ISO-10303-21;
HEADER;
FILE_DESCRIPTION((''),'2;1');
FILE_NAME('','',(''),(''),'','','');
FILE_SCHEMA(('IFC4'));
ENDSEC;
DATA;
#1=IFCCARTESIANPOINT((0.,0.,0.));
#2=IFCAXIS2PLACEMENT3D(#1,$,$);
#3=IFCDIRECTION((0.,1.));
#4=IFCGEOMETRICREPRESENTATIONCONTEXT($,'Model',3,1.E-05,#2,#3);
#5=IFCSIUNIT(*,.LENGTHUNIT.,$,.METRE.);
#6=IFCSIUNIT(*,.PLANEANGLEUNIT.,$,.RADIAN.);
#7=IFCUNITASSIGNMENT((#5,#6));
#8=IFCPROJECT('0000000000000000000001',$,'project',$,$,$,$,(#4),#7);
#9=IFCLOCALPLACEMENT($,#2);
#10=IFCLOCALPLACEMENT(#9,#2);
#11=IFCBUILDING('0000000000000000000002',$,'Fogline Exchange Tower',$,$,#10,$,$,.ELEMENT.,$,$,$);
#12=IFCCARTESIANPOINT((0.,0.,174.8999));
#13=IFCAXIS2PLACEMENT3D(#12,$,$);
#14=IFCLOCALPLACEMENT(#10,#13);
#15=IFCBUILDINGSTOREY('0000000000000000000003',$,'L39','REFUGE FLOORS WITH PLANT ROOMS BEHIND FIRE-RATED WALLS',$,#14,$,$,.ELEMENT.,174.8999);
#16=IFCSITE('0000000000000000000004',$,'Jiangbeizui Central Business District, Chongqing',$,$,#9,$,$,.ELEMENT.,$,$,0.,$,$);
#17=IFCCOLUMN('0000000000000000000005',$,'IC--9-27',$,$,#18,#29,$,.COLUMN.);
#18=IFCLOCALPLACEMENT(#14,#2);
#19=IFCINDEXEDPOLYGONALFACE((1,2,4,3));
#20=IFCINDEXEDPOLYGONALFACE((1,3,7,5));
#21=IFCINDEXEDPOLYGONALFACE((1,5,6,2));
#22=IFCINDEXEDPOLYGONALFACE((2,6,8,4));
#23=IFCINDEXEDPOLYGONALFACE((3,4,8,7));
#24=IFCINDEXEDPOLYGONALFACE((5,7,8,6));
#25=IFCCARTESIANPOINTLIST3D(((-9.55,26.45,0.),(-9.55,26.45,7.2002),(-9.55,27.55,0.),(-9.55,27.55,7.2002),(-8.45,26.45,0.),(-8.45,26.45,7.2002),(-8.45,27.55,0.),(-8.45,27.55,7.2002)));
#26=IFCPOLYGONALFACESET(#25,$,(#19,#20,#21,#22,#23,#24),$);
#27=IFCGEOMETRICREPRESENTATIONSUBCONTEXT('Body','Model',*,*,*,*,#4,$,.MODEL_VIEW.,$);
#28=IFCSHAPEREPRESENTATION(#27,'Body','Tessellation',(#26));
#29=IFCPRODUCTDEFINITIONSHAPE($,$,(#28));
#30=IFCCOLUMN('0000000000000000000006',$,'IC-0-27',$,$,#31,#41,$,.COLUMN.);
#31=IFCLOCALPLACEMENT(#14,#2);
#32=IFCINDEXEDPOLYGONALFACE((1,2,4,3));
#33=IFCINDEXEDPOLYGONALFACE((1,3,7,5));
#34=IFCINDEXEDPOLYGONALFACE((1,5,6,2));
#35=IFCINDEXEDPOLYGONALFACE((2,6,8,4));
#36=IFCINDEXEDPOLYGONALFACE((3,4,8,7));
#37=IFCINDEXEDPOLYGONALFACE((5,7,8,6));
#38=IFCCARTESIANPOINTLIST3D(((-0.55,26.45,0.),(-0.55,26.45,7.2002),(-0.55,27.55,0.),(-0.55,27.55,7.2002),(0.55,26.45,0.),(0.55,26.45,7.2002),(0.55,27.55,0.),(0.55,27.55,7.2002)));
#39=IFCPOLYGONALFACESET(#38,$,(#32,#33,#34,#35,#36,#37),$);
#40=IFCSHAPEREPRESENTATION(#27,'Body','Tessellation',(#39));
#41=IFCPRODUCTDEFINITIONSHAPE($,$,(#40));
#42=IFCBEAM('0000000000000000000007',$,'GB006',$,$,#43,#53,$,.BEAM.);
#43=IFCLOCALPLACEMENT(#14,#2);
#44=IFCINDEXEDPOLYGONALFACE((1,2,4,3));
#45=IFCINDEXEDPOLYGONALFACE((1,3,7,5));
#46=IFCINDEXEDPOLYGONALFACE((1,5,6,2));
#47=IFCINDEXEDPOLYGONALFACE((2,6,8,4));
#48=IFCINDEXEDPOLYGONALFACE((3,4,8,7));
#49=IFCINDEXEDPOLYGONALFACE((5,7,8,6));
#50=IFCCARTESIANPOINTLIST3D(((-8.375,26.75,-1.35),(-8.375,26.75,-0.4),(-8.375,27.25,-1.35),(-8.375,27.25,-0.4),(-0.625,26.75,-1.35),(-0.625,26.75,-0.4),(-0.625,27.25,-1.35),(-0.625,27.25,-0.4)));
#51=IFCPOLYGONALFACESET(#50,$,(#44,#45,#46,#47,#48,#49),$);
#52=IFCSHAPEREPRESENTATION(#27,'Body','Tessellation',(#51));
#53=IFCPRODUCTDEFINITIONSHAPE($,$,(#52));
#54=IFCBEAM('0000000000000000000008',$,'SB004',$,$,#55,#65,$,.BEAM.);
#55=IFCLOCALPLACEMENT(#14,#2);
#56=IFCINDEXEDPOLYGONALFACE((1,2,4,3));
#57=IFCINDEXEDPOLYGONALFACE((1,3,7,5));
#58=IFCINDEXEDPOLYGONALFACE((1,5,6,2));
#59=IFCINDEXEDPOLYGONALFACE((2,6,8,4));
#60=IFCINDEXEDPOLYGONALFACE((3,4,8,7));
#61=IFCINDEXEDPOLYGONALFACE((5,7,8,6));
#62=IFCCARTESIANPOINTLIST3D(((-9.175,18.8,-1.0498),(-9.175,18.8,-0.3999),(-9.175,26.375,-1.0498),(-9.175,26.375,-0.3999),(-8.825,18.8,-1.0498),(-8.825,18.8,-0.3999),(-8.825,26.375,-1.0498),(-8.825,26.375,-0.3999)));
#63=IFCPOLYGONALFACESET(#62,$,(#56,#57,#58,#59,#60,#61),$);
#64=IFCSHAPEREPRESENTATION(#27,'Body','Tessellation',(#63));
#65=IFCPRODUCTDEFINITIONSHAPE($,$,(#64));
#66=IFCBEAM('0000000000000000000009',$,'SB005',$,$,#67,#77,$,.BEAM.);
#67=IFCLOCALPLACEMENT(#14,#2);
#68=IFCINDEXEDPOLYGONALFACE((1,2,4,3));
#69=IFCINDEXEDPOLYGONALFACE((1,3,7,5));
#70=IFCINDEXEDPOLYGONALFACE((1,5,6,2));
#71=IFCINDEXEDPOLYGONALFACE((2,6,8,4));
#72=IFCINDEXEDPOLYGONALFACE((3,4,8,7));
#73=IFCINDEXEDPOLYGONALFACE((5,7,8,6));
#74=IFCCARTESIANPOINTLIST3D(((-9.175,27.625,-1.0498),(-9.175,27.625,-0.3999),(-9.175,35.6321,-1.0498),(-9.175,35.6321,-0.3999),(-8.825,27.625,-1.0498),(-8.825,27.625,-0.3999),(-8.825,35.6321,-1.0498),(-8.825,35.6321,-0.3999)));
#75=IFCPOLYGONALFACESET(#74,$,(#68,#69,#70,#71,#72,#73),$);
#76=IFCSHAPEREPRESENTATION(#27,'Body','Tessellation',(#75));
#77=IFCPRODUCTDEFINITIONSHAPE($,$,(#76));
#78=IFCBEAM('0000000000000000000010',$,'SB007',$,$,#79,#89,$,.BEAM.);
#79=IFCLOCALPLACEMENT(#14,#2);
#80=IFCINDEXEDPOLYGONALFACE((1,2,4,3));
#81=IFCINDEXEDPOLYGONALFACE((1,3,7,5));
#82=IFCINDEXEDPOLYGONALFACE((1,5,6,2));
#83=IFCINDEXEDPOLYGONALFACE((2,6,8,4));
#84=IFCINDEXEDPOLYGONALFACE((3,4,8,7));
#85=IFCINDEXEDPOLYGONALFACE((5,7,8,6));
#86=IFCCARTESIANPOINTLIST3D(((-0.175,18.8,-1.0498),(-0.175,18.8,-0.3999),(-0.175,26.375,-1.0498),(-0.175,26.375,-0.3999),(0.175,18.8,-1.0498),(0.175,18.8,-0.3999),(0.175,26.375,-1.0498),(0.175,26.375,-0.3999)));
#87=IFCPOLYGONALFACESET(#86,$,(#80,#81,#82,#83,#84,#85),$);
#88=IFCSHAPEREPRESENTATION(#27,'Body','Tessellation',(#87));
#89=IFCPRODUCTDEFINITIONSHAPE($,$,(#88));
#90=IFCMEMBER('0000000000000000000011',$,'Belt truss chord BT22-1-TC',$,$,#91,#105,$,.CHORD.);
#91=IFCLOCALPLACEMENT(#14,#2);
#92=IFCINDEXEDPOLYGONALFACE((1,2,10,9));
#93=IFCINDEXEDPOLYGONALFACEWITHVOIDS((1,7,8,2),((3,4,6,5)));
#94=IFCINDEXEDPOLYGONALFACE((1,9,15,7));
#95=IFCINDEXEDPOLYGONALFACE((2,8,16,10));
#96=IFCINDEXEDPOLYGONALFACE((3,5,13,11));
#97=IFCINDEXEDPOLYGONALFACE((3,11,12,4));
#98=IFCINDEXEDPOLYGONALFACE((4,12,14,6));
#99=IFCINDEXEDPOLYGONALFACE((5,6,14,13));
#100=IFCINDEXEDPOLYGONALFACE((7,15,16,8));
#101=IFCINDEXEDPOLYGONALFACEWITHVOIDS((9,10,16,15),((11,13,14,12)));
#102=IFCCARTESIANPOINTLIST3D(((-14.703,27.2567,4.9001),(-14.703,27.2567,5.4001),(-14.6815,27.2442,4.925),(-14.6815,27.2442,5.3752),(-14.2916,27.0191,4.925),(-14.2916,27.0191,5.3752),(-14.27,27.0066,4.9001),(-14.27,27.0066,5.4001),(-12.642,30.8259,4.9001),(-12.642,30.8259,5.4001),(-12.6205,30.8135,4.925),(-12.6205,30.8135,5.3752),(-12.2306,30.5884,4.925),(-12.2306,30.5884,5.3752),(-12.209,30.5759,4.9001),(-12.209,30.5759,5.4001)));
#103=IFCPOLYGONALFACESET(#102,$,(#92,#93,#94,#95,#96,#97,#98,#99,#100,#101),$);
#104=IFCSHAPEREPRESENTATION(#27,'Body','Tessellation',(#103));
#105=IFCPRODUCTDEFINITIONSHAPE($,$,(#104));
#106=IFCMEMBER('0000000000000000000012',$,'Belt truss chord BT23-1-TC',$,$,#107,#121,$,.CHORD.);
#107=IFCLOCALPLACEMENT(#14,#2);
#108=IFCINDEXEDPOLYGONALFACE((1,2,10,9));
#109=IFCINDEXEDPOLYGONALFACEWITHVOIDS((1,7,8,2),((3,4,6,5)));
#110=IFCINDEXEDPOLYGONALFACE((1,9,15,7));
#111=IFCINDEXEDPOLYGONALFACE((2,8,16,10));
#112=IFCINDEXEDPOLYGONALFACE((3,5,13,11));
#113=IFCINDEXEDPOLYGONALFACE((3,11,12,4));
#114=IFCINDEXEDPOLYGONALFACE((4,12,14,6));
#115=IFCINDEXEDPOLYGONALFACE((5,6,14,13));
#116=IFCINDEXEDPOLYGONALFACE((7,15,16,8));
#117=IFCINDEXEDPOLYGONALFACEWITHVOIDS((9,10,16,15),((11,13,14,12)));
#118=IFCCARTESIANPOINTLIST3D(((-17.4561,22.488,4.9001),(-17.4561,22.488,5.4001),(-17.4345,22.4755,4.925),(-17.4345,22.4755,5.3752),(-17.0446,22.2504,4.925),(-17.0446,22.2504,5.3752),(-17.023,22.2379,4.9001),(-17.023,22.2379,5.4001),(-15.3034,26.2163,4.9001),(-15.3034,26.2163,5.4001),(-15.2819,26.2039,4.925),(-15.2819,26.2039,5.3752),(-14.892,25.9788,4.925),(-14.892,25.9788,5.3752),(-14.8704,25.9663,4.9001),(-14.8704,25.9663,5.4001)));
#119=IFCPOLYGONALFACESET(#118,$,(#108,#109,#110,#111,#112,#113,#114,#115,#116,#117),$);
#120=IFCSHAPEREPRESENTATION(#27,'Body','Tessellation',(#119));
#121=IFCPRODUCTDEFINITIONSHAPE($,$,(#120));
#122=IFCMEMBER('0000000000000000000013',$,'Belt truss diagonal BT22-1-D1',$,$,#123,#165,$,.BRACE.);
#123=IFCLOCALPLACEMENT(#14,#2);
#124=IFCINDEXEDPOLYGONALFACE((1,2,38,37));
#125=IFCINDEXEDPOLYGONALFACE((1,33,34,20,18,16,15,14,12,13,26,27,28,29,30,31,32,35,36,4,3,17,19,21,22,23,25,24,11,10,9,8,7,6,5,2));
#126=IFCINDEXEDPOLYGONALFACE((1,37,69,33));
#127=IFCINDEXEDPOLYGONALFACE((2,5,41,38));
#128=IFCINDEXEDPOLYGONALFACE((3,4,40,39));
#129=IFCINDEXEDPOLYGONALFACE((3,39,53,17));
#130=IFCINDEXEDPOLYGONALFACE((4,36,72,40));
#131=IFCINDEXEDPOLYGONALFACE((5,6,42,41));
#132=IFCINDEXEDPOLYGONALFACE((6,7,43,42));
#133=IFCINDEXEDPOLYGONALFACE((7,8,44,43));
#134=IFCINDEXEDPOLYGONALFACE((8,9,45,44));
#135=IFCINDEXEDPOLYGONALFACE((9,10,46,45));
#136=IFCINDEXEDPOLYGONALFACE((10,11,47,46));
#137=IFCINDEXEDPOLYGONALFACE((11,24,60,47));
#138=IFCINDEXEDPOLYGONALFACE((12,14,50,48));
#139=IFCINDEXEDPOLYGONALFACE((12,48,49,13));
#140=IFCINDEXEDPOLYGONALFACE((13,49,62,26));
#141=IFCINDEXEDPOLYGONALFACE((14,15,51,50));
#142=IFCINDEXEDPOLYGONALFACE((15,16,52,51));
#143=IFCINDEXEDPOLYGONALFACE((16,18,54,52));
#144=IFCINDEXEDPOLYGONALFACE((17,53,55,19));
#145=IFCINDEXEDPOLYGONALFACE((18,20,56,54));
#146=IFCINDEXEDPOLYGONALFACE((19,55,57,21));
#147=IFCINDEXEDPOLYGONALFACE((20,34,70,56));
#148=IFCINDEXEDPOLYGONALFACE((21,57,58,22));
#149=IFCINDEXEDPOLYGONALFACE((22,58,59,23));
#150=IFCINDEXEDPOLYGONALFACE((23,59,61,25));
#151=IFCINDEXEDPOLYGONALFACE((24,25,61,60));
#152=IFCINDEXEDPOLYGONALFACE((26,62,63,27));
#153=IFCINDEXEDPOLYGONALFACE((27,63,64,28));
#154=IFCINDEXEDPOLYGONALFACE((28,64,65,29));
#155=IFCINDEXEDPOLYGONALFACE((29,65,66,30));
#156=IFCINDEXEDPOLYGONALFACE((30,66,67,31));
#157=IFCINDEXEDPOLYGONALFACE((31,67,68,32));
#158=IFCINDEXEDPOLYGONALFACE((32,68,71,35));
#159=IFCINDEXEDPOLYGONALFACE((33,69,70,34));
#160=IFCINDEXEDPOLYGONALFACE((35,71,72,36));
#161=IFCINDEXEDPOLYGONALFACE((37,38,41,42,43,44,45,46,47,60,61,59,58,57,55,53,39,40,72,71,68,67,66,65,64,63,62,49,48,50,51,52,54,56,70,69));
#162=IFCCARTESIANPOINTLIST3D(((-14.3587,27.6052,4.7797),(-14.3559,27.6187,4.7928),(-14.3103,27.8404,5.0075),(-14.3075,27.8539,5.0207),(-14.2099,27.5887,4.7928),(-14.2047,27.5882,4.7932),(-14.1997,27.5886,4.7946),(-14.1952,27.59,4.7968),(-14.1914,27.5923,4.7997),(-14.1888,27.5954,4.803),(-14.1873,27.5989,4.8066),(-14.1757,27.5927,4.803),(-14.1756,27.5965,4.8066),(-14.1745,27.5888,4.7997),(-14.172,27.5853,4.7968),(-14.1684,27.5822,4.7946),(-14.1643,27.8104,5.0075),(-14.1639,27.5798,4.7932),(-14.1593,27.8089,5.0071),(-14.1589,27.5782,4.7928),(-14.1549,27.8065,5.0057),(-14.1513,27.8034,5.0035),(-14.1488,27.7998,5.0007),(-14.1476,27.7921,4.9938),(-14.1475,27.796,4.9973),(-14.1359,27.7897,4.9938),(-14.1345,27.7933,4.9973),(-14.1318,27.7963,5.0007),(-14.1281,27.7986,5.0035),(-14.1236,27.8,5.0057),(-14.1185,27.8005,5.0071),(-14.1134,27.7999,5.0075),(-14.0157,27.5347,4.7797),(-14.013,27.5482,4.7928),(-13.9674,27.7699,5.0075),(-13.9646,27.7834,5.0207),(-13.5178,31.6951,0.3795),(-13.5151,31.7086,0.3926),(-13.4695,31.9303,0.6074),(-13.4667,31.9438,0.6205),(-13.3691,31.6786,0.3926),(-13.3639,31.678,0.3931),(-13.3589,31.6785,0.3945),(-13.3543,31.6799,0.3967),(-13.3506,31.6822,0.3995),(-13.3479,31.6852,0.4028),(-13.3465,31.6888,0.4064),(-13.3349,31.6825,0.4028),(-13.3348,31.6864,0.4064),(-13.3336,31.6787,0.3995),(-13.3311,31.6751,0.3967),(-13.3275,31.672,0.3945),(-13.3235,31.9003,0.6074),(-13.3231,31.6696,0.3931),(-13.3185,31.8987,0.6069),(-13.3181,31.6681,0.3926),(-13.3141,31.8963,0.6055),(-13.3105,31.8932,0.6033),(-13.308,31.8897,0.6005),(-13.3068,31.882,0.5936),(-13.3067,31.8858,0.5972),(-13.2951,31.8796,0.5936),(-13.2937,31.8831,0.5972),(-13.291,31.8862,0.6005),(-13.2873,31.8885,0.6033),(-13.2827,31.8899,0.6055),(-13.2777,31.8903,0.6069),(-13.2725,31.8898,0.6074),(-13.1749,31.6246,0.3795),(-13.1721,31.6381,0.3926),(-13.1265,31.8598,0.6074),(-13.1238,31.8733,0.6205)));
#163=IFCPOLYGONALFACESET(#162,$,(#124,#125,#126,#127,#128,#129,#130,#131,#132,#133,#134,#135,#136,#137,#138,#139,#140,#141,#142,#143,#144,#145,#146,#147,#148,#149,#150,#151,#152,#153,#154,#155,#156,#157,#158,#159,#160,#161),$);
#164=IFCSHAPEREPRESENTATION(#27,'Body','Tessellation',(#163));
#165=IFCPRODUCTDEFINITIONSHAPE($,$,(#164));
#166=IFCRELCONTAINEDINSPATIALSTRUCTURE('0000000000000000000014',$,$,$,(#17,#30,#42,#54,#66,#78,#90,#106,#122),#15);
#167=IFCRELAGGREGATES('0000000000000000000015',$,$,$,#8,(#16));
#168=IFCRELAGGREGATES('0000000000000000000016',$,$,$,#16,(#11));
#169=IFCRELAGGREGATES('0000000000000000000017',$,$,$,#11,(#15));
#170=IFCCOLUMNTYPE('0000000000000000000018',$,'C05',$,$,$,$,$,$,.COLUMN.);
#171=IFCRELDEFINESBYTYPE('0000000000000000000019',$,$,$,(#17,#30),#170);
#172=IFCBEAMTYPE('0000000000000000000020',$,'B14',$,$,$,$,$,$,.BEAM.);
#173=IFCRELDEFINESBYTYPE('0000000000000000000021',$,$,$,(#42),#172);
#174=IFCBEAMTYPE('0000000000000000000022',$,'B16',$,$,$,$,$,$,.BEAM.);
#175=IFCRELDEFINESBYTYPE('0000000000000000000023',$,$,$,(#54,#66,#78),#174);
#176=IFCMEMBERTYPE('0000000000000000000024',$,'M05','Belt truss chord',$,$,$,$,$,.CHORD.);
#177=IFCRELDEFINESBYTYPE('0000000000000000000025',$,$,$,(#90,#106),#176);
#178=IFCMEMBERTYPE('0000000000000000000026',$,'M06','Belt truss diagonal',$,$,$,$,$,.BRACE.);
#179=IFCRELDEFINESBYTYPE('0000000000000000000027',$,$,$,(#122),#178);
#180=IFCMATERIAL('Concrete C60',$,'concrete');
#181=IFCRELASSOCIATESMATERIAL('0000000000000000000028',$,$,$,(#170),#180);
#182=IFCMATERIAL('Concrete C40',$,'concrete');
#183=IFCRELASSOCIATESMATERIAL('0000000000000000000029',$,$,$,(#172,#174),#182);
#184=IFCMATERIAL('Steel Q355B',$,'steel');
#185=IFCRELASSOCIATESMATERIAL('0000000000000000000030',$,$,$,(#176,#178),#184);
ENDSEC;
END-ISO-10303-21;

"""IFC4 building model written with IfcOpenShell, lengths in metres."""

from ifc_helpers import new_model, si_unit, direction, frame, origin, origin_2d, place, context, subcontext, project, spatial, rectangle, hollow_rectangle, i_section, extrude, material, material_profile, profile_set, type_object, element, save


model = new_model("IFC4")

# Units and contexts
model_context = context("Model", 3, precision=1e-05, world=origin(), true_north=direction((0.0, 1.0)))
body_context = subcontext(model_context, "Body", "Model", "MODEL_VIEW")
ifc_project = project(units=[si_unit("LENGTHUNIT", "METRE"), si_unit("PLANEANGLEUNIT", "RADIAN")], contexts=[model_context])

# Site, building, storey
site_placement = place(None, origin())
site = spatial("IfcSite", under=ifc_project, at=site_placement, Name="Jiangbeizui Central Business District, Chongqing", CompositionType="ELEMENT", RefElevation=0.0)
building_placement = place(site_placement, origin())
building = spatial("IfcBuilding", under=site, at=building_placement, Name="Fogline Exchange Tower", CompositionType="ELEMENT")
storey_placement = place(building_placement, frame((0.0, 0.0, 174.8999)))
storey = spatial("IfcBuildingStorey", under=building, at=storey_placement, Name="L39", Description="REFUGE FLOORS WITH PLANT ROOMS BEHIND FIRE-RATED WALLS", CompositionType="ELEMENT", Elevation=174.8999)

# Columns
ifc_material_1 = material(Name="Concrete C60", Category="concrete")
ifc_material_profile_1 = material_profile(ifc_material_1, rectangle(XDim=1.1001, YDim=1.1001, at=origin_2d()), Name="RC 1100x1100")
ifc_profile_set_1 = profile_set([ifc_material_profile_1], Name="Concrete C60")
column_type = type_object("IfcColumnType", Name="C05", PredefinedType="COLUMN", material=ifc_profile_set_1)
for number, where, z_axis, x_axis, name in (
    (1, (-9.0, 27.0, 0.0), (0.0, 0.0, 1.0), (1.0, 0.0, 0.0), "IC--9-27"),
    (2, (0.0, 27.0, 0.0), (0.0, 0.0, 1.0), (1.0, 0.0, 0.0), "IC-0-27"),
):
    element("IfcColumn", number, at=place(storey_placement, frame(where, z_axis=z_axis, x_axis=x_axis)), inside=storey, type_object=column_type, Name=name, PredefinedType="COLUMN", context=body_context, shape_type="SweptSolid", body=[
        extrude(rectangle(XDim=1.1001, YDim=1.1001, at=origin_2d()), origin(), (0.0, 0.0, 1.0), 7.2002),
    ])

# Beams
ifc_material_2 = material(Name="Concrete C40", Category="concrete")
ifc_material_profile_2 = material_profile(ifc_material_2, rectangle(XDim=0.5, YDim=0.95, at=origin_2d()), Name="RC 500x950")
ifc_profile_set_2 = profile_set([ifc_material_profile_2], Name="Concrete C40")
beam_type_1 = type_object("IfcBeamType", Name="B14", PredefinedType="BEAM", material=ifc_profile_set_2)
beam_1_placement = place(storey_placement, frame((-8.375, 27.0, -0.875), z_axis=(1.0, 0.0, 0.0), x_axis=(0.0, 1.0, 0.0)))
element("IfcBeam", 3, at=beam_1_placement, inside=storey, type_object=beam_type_1, Name="GB006", PredefinedType="BEAM", context=body_context, shape_type="SweptSolid", body=[
    extrude(rectangle(XDim=0.5, YDim=0.95, at=origin_2d()), origin(), (0.0, 0.0, 1.0), 7.75),
])
ifc_material_profile_3 = material_profile(ifc_material_2, rectangle(XDim=0.3501, YDim=0.6499, at=origin_2d()), Name="RC 350x650")
ifc_profile_set_3 = profile_set([ifc_material_profile_3], Name="Concrete C40")
beam_type_2 = type_object("IfcBeamType", Name="B16", PredefinedType="BEAM", material=ifc_profile_set_3)
beam_2_placement = place(storey_placement, frame((-9.0, 18.8, -0.7249), z_axis=(0.0, 1.0, 0.0), x_axis=(-1.0, 0.0, 0.0)))
element("IfcBeam", 4, at=beam_2_placement, inside=storey, type_object=beam_type_2, Name="SB004", PredefinedType="BEAM", context=body_context, shape_type="SweptSolid", body=[
    extrude(rectangle(XDim=0.3501, YDim=0.6499, at=origin_2d()), origin(), (0.0, 0.0, 1.0), 7.575),
])
beam_3_placement = place(storey_placement, frame((-9.0, 27.625, -0.7249), z_axis=(0.0, 1.0, 0.0), x_axis=(-1.0, 0.0, 0.0)))
element("IfcBeam", 5, at=beam_3_placement, inside=storey, type_object=beam_type_2, Name="SB005", PredefinedType="BEAM", context=body_context, shape_type="SweptSolid", body=[
    extrude(rectangle(XDim=0.3501, YDim=0.6499, at=origin_2d()), origin(), (0.0, 0.0, 1.0), 8.0071),
])
beam_4_placement = place(storey_placement, frame((0.0, 18.8, -0.7249), z_axis=(0.0, 1.0, 0.0), x_axis=(-1.0, 0.0, 0.0)))
element("IfcBeam", 6, at=beam_4_placement, inside=storey, type_object=beam_type_2, Name="SB007", PredefinedType="BEAM", context=body_context, shape_type="SweptSolid", body=[
    extrude(rectangle(XDim=0.3501, YDim=0.6499, at=origin_2d()), origin(), (0.0, 0.0, 1.0), 7.575),
])

# Members
ifc_material_3 = material(Name="Steel Q355B", Category="steel")
ifc_material_profile_4 = material_profile(ifc_material_3, hollow_rectangle(XDim=0.5, YDim=0.5, WallThickness=0.0249, at=origin_2d()), Name="BOX500X500X25")
ifc_profile_set_4 = profile_set([ifc_material_profile_4], Name="Steel Q355B")
member_type_1 = type_object("IfcMemberType", Name="M05", Description="Belt truss chord", PredefinedType="CHORD", material=ifc_profile_set_4)
member_1_placement = place(storey_placement, frame((-12.4255, 30.7009, 5.1501), z_axis=(-0.500051, -0.865996, 0.0), x_axis=(0.865996, -0.500051, 0.0)))
element("IfcMember", 7, at=member_1_placement, inside=storey, type_object=member_type_1, Name="Belt truss chord BT22-1-TC", PredefinedType="CHORD", context=body_context, shape_type="SweptSolid", body=[
    extrude(hollow_rectangle(XDim=0.5, YDim=0.5, WallThickness=0.0249, at=origin_2d()), origin(), (0.0, 0.0, 1.0), 4.1216),
])
member_2_placement = place(storey_placement, frame((-15.0869, 26.0913, 5.1501), z_axis=(-0.500012, -0.866018, 0.0), x_axis=(0.866018, -0.500012, 0.0)))
element("IfcMember", 8, at=member_2_placement, inside=storey, type_object=member_type_1, Name="Belt truss chord BT23-1-TC", PredefinedType="CHORD", context=body_context, shape_type="SweptSolid", body=[
    extrude(hollow_rectangle(XDim=0.5, YDim=0.5, WallThickness=0.0249, at=origin_2d()), origin(), (0.0, 0.0, 1.0), 4.3052),
])
ifc_material_profile_5 = material_profile(ifc_material_3, i_section(OverallWidth=0.3501, OverallDepth=0.3501, WebThickness=0.012, FlangeThickness=0.019, FilletRadius=0.02, at=origin_2d()), Name="HW350X350X12X19")
ifc_profile_set_5 = profile_set([ifc_material_profile_5], Name="Steel Q355B")
member_type_2 = type_object("IfcMemberType", Name="M06", Description="Belt truss diagonal", PredefinedType="BRACE", material=ifc_profile_set_5)
member_3_placement = place(storey_placement, frame((-13.3208, 31.7842, 0.5), z_axis=(-0.138614, -0.674236, 0.725391), x_axis=(0.979514, -0.201376, 0.0)))
element("IfcMember", 9, at=member_3_placement, inside=storey, type_object=member_type_2, Name="Belt truss diagonal BT22-1-D1", PredefinedType="BRACE", context=body_context, shape_type="SweptSolid", body=[
    extrude(i_section(OverallWidth=0.3501, OverallDepth=0.3501, WebThickness=0.012, FlangeThickness=0.019, FilletRadius=0.02, at=origin_2d()), origin(), (0.0, 0.0, 1.0), 6.0659),
])

save(model, "model.ifc")
